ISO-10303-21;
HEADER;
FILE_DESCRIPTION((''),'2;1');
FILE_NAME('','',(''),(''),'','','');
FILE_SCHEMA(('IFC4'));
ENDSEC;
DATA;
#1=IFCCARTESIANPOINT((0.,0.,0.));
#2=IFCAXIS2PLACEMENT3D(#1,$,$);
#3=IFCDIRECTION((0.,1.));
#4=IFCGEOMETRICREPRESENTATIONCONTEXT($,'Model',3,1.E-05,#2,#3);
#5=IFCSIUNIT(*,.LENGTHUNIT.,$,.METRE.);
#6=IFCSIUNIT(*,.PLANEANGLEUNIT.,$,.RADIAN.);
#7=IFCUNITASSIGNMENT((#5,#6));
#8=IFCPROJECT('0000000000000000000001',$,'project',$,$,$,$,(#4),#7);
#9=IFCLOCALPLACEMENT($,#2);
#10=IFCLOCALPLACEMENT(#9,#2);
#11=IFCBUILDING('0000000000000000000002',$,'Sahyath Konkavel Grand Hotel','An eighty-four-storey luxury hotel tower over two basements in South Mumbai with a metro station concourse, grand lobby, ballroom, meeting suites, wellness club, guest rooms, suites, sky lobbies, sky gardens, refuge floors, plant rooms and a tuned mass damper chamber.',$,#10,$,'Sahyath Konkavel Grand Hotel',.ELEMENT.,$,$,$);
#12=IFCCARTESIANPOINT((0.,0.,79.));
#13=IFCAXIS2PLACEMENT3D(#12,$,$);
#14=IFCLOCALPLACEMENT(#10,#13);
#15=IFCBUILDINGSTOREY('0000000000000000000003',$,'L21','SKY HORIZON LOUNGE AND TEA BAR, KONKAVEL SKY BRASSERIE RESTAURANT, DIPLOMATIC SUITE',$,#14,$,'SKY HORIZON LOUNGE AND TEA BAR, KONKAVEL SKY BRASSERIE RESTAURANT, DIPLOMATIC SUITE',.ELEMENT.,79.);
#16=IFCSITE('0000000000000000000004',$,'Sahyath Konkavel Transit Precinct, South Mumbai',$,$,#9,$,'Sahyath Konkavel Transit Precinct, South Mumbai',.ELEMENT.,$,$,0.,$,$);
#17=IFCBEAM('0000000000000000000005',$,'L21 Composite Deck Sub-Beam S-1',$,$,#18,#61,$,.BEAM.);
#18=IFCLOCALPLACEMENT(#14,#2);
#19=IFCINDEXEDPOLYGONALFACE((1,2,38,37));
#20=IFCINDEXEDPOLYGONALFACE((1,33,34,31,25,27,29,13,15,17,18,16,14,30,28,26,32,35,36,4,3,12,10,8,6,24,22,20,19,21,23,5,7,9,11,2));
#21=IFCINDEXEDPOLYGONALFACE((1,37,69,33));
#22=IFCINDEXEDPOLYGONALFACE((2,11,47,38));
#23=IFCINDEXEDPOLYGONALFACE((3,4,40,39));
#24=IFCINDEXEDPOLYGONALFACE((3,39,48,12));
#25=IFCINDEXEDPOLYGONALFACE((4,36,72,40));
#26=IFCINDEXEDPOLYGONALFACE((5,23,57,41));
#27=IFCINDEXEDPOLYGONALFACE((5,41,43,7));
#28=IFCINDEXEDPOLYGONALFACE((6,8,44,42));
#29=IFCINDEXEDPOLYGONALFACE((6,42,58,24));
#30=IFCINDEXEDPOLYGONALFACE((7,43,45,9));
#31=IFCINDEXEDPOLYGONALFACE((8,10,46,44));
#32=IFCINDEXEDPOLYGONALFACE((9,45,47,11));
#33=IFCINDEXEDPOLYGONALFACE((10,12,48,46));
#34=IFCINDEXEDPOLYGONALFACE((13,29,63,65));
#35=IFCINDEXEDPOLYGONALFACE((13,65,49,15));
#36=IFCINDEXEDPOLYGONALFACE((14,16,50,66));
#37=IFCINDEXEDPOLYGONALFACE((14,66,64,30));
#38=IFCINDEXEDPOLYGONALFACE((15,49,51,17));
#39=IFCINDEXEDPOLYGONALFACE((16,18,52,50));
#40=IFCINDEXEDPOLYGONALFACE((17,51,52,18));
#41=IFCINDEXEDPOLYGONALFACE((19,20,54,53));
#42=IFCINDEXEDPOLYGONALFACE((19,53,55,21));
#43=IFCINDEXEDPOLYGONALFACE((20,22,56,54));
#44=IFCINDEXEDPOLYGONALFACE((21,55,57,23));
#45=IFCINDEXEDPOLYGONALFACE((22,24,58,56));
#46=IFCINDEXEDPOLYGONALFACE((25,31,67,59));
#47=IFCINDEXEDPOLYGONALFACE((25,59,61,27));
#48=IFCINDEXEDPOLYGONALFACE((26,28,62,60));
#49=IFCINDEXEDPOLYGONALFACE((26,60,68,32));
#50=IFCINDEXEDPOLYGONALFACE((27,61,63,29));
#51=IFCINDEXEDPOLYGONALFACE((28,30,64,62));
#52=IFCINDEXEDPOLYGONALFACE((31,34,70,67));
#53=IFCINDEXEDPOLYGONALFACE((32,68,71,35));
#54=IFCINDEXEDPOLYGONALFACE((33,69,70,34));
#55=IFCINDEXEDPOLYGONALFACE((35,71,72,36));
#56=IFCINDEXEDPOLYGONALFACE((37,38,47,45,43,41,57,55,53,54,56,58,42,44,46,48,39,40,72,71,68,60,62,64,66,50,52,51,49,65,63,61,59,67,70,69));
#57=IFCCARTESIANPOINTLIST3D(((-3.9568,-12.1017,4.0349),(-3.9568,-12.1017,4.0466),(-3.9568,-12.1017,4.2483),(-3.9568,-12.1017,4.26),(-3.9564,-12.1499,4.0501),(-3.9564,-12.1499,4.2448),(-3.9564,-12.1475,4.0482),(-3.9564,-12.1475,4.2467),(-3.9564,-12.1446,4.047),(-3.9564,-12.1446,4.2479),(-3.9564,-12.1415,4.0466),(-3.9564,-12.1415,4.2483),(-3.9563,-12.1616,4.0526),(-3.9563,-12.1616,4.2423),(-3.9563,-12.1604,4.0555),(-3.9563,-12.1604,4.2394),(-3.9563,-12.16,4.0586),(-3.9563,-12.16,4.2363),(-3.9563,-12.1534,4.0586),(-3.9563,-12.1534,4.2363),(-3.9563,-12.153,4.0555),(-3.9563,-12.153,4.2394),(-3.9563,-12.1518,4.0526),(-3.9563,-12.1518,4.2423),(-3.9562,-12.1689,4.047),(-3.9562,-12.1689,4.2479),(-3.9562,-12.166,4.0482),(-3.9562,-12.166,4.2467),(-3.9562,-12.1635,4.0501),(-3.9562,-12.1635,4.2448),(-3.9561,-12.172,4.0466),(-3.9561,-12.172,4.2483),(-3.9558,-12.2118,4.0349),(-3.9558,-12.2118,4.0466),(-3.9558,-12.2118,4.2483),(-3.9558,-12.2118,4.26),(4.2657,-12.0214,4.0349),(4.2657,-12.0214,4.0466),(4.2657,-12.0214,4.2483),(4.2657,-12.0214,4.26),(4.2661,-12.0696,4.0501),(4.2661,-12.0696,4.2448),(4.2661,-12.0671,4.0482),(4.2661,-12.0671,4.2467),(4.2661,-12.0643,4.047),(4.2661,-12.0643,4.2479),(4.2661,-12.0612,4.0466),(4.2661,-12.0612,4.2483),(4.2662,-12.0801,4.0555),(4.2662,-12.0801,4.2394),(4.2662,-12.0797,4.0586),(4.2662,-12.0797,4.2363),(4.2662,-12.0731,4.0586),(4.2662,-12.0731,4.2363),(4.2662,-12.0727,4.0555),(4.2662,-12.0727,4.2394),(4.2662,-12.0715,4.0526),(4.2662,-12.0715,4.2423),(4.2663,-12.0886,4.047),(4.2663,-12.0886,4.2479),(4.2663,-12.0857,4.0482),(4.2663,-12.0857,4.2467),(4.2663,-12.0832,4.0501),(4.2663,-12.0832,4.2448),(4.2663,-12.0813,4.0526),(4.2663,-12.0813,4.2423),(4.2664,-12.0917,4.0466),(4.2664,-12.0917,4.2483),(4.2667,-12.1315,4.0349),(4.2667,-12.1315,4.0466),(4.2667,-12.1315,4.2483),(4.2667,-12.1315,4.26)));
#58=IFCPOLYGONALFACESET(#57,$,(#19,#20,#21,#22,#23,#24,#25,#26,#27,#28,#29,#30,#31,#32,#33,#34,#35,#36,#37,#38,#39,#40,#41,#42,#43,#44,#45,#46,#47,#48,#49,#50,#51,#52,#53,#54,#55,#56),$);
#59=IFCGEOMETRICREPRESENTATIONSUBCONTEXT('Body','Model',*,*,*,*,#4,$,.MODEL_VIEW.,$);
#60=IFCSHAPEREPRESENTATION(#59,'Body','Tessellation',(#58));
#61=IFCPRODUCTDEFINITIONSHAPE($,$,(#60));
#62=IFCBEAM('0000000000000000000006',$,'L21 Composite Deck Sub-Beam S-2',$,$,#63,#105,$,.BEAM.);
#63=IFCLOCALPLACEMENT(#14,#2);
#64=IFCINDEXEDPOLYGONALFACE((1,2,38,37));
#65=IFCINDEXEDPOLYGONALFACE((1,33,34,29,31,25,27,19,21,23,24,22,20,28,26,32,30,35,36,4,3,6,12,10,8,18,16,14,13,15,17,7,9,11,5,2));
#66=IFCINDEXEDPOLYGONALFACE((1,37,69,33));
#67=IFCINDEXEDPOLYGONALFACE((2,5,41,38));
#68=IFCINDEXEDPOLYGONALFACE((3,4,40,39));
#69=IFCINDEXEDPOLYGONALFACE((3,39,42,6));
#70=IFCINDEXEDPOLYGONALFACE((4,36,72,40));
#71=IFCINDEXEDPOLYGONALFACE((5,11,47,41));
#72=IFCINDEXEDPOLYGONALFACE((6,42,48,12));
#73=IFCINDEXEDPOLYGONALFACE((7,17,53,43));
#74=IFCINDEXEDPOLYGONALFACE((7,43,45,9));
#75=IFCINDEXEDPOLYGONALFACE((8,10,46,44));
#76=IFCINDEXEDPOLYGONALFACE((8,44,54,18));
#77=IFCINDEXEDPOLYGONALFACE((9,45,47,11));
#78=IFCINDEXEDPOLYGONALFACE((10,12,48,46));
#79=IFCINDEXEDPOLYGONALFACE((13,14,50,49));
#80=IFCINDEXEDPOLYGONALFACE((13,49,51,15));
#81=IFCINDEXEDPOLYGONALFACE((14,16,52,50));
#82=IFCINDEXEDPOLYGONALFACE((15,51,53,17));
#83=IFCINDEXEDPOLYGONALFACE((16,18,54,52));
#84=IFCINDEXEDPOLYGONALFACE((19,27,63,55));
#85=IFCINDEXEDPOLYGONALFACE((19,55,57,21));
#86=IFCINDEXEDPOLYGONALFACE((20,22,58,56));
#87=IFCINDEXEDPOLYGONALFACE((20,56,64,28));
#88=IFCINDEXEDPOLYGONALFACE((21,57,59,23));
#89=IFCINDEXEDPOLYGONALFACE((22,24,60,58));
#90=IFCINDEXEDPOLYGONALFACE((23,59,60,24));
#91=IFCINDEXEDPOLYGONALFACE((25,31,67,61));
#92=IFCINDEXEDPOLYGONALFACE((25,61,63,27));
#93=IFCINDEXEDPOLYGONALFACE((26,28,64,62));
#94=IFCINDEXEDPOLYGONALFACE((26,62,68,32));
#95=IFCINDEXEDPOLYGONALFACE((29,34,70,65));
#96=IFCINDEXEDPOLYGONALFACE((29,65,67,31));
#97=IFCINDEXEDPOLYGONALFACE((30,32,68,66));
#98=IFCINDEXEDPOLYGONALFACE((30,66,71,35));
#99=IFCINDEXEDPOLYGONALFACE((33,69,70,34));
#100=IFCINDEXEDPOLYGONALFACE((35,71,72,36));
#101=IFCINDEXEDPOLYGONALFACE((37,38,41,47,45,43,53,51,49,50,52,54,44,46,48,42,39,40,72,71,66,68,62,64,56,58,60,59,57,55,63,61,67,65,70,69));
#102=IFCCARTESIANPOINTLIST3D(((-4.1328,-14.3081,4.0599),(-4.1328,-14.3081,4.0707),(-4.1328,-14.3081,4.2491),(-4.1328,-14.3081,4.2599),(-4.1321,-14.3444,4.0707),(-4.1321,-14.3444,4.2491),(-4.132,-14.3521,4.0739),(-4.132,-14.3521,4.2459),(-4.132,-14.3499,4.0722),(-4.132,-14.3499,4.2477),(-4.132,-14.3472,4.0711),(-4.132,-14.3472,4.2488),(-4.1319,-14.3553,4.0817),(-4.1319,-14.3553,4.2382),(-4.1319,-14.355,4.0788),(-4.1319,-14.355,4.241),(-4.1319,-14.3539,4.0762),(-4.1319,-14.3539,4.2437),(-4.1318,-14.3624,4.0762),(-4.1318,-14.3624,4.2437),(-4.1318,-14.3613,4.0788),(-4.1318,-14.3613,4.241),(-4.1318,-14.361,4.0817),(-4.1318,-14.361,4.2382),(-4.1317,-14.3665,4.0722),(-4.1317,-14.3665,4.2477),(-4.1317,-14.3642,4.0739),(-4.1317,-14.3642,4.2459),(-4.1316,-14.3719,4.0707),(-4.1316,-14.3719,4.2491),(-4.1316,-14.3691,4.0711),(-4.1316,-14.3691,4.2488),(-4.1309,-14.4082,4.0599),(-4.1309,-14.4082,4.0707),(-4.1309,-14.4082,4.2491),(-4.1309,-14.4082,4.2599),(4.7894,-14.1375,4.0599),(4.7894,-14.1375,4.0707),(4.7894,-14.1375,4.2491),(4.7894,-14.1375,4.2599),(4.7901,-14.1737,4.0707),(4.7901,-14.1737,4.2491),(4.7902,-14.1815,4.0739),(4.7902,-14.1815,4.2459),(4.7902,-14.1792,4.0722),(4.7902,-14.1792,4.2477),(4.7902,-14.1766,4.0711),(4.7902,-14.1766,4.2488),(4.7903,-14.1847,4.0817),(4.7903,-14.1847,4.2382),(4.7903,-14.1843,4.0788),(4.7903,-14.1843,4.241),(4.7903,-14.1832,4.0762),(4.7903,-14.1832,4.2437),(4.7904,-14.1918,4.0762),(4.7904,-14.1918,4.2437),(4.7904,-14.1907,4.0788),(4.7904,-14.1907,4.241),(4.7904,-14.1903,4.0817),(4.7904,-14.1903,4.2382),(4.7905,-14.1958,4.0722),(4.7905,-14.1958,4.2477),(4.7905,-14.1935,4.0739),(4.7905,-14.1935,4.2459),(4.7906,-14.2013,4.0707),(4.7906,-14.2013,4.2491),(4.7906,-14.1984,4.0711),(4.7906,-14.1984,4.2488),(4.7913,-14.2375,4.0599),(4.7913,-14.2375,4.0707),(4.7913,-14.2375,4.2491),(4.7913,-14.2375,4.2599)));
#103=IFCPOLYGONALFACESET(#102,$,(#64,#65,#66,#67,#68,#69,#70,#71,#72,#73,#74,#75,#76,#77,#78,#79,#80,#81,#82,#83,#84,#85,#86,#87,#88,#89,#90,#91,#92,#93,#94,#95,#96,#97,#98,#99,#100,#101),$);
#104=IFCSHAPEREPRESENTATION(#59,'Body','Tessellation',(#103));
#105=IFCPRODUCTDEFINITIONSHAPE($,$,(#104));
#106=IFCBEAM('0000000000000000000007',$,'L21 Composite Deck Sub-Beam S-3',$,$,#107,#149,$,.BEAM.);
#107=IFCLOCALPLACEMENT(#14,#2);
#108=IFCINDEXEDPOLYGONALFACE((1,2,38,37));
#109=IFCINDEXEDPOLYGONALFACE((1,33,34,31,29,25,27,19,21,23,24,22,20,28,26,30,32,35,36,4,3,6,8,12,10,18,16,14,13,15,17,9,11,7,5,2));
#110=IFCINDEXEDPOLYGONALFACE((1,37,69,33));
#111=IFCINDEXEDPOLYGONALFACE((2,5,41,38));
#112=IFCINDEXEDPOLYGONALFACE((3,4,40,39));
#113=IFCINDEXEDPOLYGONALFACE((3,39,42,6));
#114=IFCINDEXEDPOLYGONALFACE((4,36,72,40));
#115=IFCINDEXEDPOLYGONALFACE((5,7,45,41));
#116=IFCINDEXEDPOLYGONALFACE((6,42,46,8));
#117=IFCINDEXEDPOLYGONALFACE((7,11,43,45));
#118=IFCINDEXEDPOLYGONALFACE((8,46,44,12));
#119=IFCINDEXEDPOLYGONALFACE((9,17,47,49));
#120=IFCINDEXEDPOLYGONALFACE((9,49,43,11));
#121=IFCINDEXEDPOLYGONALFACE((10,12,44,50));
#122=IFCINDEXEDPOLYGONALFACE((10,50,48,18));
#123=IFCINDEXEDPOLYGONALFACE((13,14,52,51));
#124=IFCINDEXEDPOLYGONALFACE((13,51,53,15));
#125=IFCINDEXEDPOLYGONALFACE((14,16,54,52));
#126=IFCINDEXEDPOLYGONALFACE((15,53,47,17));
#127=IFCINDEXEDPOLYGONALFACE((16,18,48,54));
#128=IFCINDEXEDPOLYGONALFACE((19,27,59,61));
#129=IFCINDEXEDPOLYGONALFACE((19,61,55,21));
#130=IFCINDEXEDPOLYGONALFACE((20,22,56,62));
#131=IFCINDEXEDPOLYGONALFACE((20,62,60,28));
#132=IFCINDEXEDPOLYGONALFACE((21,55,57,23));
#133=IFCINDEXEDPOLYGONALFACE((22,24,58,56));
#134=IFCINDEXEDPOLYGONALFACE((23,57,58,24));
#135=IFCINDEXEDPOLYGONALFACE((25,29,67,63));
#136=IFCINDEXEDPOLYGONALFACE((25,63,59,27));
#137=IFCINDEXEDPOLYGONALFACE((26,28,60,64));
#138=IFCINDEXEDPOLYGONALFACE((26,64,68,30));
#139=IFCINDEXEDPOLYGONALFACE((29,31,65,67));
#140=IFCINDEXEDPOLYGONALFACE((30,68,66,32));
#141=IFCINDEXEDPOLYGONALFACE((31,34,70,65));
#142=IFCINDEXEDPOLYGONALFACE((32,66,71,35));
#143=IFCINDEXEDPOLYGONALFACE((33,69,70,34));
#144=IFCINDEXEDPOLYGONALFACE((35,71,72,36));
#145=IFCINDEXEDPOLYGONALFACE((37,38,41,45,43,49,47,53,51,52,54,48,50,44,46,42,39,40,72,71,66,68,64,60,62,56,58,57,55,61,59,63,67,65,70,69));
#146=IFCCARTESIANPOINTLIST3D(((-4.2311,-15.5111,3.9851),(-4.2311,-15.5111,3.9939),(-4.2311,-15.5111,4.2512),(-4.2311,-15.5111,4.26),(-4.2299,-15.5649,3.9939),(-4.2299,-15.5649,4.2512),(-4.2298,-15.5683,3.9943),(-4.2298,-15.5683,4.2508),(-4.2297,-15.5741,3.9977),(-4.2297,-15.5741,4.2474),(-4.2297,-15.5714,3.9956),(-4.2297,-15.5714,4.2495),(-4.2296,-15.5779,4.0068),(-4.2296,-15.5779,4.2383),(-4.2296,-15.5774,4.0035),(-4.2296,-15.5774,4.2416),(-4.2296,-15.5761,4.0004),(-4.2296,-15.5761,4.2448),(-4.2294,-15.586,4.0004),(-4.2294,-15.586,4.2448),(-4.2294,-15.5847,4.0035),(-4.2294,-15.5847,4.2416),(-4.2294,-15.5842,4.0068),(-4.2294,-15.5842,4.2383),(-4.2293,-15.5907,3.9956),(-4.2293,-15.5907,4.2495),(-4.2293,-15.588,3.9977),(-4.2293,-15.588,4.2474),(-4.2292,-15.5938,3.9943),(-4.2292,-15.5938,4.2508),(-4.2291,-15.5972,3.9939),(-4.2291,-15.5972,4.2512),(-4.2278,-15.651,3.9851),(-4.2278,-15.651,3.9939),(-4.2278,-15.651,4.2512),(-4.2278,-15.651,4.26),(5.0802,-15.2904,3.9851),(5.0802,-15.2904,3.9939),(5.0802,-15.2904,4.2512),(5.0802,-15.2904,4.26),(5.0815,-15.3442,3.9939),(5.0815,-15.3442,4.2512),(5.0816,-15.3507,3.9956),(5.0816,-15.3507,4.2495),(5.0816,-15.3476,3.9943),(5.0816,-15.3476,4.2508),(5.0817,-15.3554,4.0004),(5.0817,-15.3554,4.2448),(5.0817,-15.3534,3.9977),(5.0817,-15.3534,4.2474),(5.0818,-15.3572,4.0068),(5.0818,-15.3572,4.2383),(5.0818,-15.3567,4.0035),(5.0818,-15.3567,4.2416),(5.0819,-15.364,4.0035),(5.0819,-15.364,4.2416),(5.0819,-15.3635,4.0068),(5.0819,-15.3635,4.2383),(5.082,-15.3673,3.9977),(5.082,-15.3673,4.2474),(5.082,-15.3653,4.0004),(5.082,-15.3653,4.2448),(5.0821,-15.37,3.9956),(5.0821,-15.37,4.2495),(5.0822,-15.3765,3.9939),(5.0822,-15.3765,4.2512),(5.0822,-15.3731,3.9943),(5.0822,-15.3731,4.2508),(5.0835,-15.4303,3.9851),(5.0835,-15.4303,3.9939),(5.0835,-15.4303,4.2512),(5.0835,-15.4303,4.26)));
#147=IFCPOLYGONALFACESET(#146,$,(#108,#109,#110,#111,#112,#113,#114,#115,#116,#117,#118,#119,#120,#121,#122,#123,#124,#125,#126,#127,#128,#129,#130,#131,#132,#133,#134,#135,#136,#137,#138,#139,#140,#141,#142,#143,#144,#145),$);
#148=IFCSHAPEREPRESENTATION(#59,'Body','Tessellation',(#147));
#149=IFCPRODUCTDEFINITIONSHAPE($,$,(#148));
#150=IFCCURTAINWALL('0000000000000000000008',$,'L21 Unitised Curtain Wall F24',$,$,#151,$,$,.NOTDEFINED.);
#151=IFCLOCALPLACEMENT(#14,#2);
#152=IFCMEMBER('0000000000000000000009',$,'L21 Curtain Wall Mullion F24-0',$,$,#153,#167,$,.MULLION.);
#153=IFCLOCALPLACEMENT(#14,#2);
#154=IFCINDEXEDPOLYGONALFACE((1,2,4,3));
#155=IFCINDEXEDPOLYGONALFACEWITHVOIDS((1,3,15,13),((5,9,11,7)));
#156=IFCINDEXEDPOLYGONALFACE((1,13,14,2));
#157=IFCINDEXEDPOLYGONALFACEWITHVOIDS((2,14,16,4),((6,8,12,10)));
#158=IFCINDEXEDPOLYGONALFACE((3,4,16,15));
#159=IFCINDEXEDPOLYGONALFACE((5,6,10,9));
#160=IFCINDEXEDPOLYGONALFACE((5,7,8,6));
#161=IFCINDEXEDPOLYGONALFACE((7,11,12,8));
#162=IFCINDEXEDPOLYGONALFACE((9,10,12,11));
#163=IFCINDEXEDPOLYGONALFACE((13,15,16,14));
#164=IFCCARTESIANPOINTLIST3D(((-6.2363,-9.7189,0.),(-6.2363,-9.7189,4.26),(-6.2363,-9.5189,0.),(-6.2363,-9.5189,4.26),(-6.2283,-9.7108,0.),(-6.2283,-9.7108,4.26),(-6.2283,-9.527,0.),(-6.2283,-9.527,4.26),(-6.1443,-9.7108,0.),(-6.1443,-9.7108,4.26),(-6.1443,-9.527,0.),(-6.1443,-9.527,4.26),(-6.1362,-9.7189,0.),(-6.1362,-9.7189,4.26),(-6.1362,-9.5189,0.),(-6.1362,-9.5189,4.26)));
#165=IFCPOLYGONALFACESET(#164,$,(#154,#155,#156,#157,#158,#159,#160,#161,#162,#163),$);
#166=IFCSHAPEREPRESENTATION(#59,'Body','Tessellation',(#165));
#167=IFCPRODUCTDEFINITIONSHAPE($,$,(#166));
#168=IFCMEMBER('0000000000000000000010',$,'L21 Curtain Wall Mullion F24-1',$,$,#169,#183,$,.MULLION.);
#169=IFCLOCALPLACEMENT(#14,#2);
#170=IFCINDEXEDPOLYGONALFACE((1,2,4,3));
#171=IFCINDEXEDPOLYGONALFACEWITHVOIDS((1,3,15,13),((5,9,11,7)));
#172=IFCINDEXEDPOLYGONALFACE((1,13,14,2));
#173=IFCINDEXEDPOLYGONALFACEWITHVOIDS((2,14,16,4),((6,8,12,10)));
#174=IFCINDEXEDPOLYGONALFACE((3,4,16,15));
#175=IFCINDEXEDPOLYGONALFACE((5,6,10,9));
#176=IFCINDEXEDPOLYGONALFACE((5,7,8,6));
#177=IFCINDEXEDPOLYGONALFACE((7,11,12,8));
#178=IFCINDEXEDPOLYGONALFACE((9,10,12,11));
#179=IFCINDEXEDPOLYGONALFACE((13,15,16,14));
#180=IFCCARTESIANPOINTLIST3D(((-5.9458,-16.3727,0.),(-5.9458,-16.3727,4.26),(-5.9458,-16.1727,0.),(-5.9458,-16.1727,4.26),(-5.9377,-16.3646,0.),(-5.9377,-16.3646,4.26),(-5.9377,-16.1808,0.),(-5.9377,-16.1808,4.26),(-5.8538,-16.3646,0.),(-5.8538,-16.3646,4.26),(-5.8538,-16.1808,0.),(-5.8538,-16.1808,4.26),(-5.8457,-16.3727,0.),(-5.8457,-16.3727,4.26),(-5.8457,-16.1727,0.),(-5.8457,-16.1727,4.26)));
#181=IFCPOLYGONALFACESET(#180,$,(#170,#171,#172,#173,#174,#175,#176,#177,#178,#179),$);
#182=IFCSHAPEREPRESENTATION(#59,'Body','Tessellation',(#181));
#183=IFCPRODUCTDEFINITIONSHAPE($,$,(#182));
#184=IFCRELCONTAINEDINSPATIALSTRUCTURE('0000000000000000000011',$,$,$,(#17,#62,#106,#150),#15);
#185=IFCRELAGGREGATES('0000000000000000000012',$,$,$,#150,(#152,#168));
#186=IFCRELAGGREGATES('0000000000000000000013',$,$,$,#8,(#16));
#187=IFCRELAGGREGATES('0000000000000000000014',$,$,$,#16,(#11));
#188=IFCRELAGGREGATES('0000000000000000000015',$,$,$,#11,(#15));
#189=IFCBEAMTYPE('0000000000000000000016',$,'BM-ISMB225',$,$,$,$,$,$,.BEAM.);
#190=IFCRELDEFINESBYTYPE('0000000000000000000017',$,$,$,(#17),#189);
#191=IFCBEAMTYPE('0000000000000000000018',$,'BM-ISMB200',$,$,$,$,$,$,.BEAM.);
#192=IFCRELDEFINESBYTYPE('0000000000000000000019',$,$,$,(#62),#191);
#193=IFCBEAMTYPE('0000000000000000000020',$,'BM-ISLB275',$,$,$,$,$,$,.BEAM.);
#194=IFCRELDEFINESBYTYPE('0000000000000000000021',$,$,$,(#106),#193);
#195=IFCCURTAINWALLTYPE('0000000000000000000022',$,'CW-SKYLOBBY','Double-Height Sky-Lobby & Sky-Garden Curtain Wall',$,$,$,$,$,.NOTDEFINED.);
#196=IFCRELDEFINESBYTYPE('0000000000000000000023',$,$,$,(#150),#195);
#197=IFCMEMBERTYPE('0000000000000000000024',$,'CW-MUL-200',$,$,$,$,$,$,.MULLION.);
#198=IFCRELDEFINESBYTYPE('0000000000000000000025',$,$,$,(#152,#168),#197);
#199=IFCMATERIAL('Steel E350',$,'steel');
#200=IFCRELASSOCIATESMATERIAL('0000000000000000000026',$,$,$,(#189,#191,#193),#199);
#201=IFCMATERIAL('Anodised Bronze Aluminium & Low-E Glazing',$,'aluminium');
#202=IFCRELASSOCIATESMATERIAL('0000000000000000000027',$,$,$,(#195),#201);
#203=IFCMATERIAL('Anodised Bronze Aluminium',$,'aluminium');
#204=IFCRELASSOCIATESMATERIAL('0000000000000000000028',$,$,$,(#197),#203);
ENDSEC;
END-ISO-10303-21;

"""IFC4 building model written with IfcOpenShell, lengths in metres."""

from ifc_helpers import new_model, si_unit, direction, frame, origin, origin_2d, place, context, subcontext, project, spatial, hollow_rectangle, i_section, extrude, source, transform, mapped, material, material_profile, profile_set, type_object, element, aggregate, save


model = new_model("IFC4")

# Units and contexts
model_context = context("Model", 3, precision=1e-05, world=origin(), true_north=direction((0.0, 1.0)))
body_context = subcontext(model_context, "Body", "Model", "MODEL_VIEW")
ifc_project = project(units=[si_unit("LENGTHUNIT", "METRE"), si_unit("PLANEANGLEUNIT", "RADIAN")], contexts=[model_context])

# Site, building, storey
site_placement = place(None, origin())
site = spatial("IfcSite", under=ifc_project, at=site_placement, Name="Sahyath Konkavel Transit Precinct, South Mumbai", LongName="Sahyath Konkavel Transit Precinct, South Mumbai", CompositionType="ELEMENT", RefElevation=0.0)
building_placement = place(site_placement, origin())
building = spatial("IfcBuilding", under=site, at=building_placement, Name="Sahyath Konkavel Grand Hotel", Description="An eighty-four-storey luxury hotel tower over two basements in South Mumbai with a metro station concourse, grand lobby, ballroom, meeting suites, wellness club, guest rooms, suites, sky lobbies, sky gardens, refuge floors, plant rooms and a tuned mass damper chamber.", LongName="Sahyath Konkavel Grand Hotel", CompositionType="ELEMENT")
storey_placement = place(building_placement, frame((0.0, 0.0, 79.0)))
storey = spatial("IfcBuildingStorey", under=building, at=storey_placement, Name="L21", Description="SKY HORIZON LOUNGE AND TEA BAR, KONKAVEL SKY BRASSERIE RESTAURANT, DIPLOMATIC SUITE", LongName="SKY HORIZON LOUNGE AND TEA BAR, KONKAVEL SKY BRASSERIE RESTAURANT, DIPLOMATIC SUITE", CompositionType="ELEMENT", Elevation=79.0)

# Beams
ifc_material_1 = material(Name="Steel E350", Category="steel")
ifc_material_profile_1 = material_profile(ifc_material_1, i_section(OverallWidth=0.1101, OverallDepth=0.2251, WebThickness=0.0066, FlangeThickness=0.0117, FilletRadius=0.012, at=origin_2d()), Name="ISMB 225")
ifc_profile_set_1 = profile_set([ifc_material_profile_1], Name="Steel E350")
beam_type_1 = type_object("IfcBeamType", Name="BM-ISMB225", PredefinedType="BEAM", material=ifc_profile_set_1)
shared_shape_1 = source(origin(), body_context, "Body", "SweptSolid", [
    extrude(i_section(OverallWidth=0.1101, OverallDepth=0.2251, WebThickness=0.0066, FlangeThickness=0.0117, FilletRadius=0.012, at=origin_2d()), origin(), (0.0, 0.0, 1.0), 8.2229),
])
beam_1_placement = place(storey_placement, frame((-3.9563, -12.1567, 4.1475), z_axis=(0.999952, 0.009768, 0.0), x_axis=(-0.009768, 0.999952, 0.0)))
element("IfcBeam", 1, at=beam_1_placement, inside=storey, type_object=beam_type_1, Name="L21 Composite Deck Sub-Beam S-1", PredefinedType="BEAM", context=body_context, shape_type="MappedRepresentation", body=[
    mapped(shared_shape_1, transform((0.0, 0.0, 0.0), scale=1.0)),
])
ifc_material_profile_2 = material_profile(ifc_material_1, i_section(OverallWidth=0.1001, OverallDepth=0.2, WebThickness=0.0056, FlangeThickness=0.0107, FilletRadius=0.011, at=origin_2d()), Name="ISMB 200")
ifc_profile_set_2 = profile_set([ifc_material_profile_2], Name="Steel E350")
beam_type_2 = type_object("IfcBeamType", Name="BM-ISMB200", PredefinedType="BEAM", material=ifc_profile_set_2)
shared_shape_2 = source(origin(), body_context, "Body", "SweptSolid", [
    extrude(i_section(OverallWidth=0.1001, OverallDepth=0.2, WebThickness=0.0056, FlangeThickness=0.0107, FilletRadius=0.011, at=origin_2d()), origin(), (0.0, 0.0, 1.0), 8.9238),
])
beam_2_placement = place(storey_placement, frame((-4.1318, -14.3582, 4.1599), z_axis=(0.999817, 0.019124, 0.0), x_axis=(-0.019124, 0.999817, 0.0)))
element("IfcBeam", 2, at=beam_2_placement, inside=storey, type_object=beam_type_2, Name="L21 Composite Deck Sub-Beam S-2", PredefinedType="BEAM", context=body_context, shape_type="MappedRepresentation", body=[
    mapped(shared_shape_2, transform((0.0, 0.0, 0.0), scale=1.0)),
])
ifc_material_profile_3 = material_profile(ifc_material_1, i_section(OverallWidth=0.1399, OverallDepth=0.2749, WebThickness=0.0063, FlangeThickness=0.0088, FilletRadius=0.0129, at=origin_2d()), Name="ISLB 275")
ifc_profile_set_3 = profile_set([ifc_material_profile_3], Name="Steel E350")
beam_type_3 = type_object("IfcBeamType", Name="BM-ISLB275", PredefinedType="BEAM", material=ifc_profile_set_3)
shared_shape_3 = source(origin(), body_context, "Body", "SweptSolid", [
    extrude(i_section(OverallWidth=0.1399, OverallDepth=0.2749, WebThickness=0.0063, FlangeThickness=0.0088, FilletRadius=0.0129, at=origin_2d()), origin(), (0.0, 0.0, 1.0), 9.314),
])
beam_3_placement = place(storey_placement, frame((-4.2295, -15.5811, 4.1226), z_axis=(0.999719, 0.023696, 0.0), x_axis=(-0.023696, 0.999719, 0.0)))
element("IfcBeam", 3, at=beam_3_placement, inside=storey, type_object=beam_type_3, Name="L21 Composite Deck Sub-Beam S-3", PredefinedType="BEAM", context=body_context, shape_type="MappedRepresentation", body=[
    mapped(shared_shape_3, transform((0.0, 0.0, 0.0), scale=1.0)),
])

# Curtain wall, members
ifc_material_2 = material(Name="Anodised Bronze Aluminium & Low-E Glazing", Category="aluminium")
curtain_wall_type = type_object("IfcCurtainWallType", Name="CW-SKYLOBBY", Description="Double-Height Sky-Lobby & Sky-Garden Curtain Wall", PredefinedType="NOTDEFINED", material=ifc_material_2)
curtain_wall_placement = place(storey_placement, origin())
curtain_wall = element("IfcCurtainWall", 4, at=curtain_wall_placement, inside=storey, type_object=curtain_wall_type, Name="L21 Unitised Curtain Wall F24", PredefinedType="NOTDEFINED")
ifc_material_3 = material(Name="Anodised Bronze Aluminium", Category="aluminium")
ifc_material_profile_4 = material_profile(ifc_material_3, hollow_rectangle(XDim=0.1001, YDim=0.2, WallThickness=0.0081, at=origin_2d()), Name="RHS 200x100x8")
ifc_profile_set_4 = profile_set([ifc_material_profile_4], Name="Anodised Bronze Aluminium")
member_type_1 = type_object("IfcMemberType", Name="CW-MUL-200", PredefinedType="MULLION", material=ifc_profile_set_4)
shared_shape_4 = source(origin(), body_context, "Body", "SweptSolid", [
    extrude(hollow_rectangle(XDim=0.1001, YDim=0.2, WallThickness=0.0081, at=origin_2d()), origin(), (0.0, 0.0, 1.0), 4.26),
])
member_1_placement = place(storey_placement, frame((-6.1863, -9.6189, 0.0), z_axis=(0.0, 0.0, 1.0), x_axis=(1.0, 0.0, 0.0)))
member_1 = element("IfcMember", 5, at=member_1_placement, type_object=member_type_1, Name="L21 Curtain Wall Mullion F24-0", PredefinedType="MULLION", context=body_context, shape_type="MappedRepresentation", body=[
    mapped(shared_shape_4, transform((0.0, 0.0, 0.0), scale=1.0)),
])
member_2_placement = place(storey_placement, frame((-5.8958, -16.2727, 0.0), z_axis=(0.0, 0.0, 1.0), x_axis=(1.0, 0.0, 0.0)))
member_2 = element("IfcMember", 6, at=member_2_placement, type_object=member_type_1, Name="L21 Curtain Wall Mullion F24-1", PredefinedType="MULLION", context=body_context, shape_type="MappedRepresentation", body=[
    mapped(shared_shape_4, transform((0.0, 0.0, 0.0), scale=1.0)),
])
aggregate(curtain_wall, [member_1, member_2])

save(model, "model.ifc")
